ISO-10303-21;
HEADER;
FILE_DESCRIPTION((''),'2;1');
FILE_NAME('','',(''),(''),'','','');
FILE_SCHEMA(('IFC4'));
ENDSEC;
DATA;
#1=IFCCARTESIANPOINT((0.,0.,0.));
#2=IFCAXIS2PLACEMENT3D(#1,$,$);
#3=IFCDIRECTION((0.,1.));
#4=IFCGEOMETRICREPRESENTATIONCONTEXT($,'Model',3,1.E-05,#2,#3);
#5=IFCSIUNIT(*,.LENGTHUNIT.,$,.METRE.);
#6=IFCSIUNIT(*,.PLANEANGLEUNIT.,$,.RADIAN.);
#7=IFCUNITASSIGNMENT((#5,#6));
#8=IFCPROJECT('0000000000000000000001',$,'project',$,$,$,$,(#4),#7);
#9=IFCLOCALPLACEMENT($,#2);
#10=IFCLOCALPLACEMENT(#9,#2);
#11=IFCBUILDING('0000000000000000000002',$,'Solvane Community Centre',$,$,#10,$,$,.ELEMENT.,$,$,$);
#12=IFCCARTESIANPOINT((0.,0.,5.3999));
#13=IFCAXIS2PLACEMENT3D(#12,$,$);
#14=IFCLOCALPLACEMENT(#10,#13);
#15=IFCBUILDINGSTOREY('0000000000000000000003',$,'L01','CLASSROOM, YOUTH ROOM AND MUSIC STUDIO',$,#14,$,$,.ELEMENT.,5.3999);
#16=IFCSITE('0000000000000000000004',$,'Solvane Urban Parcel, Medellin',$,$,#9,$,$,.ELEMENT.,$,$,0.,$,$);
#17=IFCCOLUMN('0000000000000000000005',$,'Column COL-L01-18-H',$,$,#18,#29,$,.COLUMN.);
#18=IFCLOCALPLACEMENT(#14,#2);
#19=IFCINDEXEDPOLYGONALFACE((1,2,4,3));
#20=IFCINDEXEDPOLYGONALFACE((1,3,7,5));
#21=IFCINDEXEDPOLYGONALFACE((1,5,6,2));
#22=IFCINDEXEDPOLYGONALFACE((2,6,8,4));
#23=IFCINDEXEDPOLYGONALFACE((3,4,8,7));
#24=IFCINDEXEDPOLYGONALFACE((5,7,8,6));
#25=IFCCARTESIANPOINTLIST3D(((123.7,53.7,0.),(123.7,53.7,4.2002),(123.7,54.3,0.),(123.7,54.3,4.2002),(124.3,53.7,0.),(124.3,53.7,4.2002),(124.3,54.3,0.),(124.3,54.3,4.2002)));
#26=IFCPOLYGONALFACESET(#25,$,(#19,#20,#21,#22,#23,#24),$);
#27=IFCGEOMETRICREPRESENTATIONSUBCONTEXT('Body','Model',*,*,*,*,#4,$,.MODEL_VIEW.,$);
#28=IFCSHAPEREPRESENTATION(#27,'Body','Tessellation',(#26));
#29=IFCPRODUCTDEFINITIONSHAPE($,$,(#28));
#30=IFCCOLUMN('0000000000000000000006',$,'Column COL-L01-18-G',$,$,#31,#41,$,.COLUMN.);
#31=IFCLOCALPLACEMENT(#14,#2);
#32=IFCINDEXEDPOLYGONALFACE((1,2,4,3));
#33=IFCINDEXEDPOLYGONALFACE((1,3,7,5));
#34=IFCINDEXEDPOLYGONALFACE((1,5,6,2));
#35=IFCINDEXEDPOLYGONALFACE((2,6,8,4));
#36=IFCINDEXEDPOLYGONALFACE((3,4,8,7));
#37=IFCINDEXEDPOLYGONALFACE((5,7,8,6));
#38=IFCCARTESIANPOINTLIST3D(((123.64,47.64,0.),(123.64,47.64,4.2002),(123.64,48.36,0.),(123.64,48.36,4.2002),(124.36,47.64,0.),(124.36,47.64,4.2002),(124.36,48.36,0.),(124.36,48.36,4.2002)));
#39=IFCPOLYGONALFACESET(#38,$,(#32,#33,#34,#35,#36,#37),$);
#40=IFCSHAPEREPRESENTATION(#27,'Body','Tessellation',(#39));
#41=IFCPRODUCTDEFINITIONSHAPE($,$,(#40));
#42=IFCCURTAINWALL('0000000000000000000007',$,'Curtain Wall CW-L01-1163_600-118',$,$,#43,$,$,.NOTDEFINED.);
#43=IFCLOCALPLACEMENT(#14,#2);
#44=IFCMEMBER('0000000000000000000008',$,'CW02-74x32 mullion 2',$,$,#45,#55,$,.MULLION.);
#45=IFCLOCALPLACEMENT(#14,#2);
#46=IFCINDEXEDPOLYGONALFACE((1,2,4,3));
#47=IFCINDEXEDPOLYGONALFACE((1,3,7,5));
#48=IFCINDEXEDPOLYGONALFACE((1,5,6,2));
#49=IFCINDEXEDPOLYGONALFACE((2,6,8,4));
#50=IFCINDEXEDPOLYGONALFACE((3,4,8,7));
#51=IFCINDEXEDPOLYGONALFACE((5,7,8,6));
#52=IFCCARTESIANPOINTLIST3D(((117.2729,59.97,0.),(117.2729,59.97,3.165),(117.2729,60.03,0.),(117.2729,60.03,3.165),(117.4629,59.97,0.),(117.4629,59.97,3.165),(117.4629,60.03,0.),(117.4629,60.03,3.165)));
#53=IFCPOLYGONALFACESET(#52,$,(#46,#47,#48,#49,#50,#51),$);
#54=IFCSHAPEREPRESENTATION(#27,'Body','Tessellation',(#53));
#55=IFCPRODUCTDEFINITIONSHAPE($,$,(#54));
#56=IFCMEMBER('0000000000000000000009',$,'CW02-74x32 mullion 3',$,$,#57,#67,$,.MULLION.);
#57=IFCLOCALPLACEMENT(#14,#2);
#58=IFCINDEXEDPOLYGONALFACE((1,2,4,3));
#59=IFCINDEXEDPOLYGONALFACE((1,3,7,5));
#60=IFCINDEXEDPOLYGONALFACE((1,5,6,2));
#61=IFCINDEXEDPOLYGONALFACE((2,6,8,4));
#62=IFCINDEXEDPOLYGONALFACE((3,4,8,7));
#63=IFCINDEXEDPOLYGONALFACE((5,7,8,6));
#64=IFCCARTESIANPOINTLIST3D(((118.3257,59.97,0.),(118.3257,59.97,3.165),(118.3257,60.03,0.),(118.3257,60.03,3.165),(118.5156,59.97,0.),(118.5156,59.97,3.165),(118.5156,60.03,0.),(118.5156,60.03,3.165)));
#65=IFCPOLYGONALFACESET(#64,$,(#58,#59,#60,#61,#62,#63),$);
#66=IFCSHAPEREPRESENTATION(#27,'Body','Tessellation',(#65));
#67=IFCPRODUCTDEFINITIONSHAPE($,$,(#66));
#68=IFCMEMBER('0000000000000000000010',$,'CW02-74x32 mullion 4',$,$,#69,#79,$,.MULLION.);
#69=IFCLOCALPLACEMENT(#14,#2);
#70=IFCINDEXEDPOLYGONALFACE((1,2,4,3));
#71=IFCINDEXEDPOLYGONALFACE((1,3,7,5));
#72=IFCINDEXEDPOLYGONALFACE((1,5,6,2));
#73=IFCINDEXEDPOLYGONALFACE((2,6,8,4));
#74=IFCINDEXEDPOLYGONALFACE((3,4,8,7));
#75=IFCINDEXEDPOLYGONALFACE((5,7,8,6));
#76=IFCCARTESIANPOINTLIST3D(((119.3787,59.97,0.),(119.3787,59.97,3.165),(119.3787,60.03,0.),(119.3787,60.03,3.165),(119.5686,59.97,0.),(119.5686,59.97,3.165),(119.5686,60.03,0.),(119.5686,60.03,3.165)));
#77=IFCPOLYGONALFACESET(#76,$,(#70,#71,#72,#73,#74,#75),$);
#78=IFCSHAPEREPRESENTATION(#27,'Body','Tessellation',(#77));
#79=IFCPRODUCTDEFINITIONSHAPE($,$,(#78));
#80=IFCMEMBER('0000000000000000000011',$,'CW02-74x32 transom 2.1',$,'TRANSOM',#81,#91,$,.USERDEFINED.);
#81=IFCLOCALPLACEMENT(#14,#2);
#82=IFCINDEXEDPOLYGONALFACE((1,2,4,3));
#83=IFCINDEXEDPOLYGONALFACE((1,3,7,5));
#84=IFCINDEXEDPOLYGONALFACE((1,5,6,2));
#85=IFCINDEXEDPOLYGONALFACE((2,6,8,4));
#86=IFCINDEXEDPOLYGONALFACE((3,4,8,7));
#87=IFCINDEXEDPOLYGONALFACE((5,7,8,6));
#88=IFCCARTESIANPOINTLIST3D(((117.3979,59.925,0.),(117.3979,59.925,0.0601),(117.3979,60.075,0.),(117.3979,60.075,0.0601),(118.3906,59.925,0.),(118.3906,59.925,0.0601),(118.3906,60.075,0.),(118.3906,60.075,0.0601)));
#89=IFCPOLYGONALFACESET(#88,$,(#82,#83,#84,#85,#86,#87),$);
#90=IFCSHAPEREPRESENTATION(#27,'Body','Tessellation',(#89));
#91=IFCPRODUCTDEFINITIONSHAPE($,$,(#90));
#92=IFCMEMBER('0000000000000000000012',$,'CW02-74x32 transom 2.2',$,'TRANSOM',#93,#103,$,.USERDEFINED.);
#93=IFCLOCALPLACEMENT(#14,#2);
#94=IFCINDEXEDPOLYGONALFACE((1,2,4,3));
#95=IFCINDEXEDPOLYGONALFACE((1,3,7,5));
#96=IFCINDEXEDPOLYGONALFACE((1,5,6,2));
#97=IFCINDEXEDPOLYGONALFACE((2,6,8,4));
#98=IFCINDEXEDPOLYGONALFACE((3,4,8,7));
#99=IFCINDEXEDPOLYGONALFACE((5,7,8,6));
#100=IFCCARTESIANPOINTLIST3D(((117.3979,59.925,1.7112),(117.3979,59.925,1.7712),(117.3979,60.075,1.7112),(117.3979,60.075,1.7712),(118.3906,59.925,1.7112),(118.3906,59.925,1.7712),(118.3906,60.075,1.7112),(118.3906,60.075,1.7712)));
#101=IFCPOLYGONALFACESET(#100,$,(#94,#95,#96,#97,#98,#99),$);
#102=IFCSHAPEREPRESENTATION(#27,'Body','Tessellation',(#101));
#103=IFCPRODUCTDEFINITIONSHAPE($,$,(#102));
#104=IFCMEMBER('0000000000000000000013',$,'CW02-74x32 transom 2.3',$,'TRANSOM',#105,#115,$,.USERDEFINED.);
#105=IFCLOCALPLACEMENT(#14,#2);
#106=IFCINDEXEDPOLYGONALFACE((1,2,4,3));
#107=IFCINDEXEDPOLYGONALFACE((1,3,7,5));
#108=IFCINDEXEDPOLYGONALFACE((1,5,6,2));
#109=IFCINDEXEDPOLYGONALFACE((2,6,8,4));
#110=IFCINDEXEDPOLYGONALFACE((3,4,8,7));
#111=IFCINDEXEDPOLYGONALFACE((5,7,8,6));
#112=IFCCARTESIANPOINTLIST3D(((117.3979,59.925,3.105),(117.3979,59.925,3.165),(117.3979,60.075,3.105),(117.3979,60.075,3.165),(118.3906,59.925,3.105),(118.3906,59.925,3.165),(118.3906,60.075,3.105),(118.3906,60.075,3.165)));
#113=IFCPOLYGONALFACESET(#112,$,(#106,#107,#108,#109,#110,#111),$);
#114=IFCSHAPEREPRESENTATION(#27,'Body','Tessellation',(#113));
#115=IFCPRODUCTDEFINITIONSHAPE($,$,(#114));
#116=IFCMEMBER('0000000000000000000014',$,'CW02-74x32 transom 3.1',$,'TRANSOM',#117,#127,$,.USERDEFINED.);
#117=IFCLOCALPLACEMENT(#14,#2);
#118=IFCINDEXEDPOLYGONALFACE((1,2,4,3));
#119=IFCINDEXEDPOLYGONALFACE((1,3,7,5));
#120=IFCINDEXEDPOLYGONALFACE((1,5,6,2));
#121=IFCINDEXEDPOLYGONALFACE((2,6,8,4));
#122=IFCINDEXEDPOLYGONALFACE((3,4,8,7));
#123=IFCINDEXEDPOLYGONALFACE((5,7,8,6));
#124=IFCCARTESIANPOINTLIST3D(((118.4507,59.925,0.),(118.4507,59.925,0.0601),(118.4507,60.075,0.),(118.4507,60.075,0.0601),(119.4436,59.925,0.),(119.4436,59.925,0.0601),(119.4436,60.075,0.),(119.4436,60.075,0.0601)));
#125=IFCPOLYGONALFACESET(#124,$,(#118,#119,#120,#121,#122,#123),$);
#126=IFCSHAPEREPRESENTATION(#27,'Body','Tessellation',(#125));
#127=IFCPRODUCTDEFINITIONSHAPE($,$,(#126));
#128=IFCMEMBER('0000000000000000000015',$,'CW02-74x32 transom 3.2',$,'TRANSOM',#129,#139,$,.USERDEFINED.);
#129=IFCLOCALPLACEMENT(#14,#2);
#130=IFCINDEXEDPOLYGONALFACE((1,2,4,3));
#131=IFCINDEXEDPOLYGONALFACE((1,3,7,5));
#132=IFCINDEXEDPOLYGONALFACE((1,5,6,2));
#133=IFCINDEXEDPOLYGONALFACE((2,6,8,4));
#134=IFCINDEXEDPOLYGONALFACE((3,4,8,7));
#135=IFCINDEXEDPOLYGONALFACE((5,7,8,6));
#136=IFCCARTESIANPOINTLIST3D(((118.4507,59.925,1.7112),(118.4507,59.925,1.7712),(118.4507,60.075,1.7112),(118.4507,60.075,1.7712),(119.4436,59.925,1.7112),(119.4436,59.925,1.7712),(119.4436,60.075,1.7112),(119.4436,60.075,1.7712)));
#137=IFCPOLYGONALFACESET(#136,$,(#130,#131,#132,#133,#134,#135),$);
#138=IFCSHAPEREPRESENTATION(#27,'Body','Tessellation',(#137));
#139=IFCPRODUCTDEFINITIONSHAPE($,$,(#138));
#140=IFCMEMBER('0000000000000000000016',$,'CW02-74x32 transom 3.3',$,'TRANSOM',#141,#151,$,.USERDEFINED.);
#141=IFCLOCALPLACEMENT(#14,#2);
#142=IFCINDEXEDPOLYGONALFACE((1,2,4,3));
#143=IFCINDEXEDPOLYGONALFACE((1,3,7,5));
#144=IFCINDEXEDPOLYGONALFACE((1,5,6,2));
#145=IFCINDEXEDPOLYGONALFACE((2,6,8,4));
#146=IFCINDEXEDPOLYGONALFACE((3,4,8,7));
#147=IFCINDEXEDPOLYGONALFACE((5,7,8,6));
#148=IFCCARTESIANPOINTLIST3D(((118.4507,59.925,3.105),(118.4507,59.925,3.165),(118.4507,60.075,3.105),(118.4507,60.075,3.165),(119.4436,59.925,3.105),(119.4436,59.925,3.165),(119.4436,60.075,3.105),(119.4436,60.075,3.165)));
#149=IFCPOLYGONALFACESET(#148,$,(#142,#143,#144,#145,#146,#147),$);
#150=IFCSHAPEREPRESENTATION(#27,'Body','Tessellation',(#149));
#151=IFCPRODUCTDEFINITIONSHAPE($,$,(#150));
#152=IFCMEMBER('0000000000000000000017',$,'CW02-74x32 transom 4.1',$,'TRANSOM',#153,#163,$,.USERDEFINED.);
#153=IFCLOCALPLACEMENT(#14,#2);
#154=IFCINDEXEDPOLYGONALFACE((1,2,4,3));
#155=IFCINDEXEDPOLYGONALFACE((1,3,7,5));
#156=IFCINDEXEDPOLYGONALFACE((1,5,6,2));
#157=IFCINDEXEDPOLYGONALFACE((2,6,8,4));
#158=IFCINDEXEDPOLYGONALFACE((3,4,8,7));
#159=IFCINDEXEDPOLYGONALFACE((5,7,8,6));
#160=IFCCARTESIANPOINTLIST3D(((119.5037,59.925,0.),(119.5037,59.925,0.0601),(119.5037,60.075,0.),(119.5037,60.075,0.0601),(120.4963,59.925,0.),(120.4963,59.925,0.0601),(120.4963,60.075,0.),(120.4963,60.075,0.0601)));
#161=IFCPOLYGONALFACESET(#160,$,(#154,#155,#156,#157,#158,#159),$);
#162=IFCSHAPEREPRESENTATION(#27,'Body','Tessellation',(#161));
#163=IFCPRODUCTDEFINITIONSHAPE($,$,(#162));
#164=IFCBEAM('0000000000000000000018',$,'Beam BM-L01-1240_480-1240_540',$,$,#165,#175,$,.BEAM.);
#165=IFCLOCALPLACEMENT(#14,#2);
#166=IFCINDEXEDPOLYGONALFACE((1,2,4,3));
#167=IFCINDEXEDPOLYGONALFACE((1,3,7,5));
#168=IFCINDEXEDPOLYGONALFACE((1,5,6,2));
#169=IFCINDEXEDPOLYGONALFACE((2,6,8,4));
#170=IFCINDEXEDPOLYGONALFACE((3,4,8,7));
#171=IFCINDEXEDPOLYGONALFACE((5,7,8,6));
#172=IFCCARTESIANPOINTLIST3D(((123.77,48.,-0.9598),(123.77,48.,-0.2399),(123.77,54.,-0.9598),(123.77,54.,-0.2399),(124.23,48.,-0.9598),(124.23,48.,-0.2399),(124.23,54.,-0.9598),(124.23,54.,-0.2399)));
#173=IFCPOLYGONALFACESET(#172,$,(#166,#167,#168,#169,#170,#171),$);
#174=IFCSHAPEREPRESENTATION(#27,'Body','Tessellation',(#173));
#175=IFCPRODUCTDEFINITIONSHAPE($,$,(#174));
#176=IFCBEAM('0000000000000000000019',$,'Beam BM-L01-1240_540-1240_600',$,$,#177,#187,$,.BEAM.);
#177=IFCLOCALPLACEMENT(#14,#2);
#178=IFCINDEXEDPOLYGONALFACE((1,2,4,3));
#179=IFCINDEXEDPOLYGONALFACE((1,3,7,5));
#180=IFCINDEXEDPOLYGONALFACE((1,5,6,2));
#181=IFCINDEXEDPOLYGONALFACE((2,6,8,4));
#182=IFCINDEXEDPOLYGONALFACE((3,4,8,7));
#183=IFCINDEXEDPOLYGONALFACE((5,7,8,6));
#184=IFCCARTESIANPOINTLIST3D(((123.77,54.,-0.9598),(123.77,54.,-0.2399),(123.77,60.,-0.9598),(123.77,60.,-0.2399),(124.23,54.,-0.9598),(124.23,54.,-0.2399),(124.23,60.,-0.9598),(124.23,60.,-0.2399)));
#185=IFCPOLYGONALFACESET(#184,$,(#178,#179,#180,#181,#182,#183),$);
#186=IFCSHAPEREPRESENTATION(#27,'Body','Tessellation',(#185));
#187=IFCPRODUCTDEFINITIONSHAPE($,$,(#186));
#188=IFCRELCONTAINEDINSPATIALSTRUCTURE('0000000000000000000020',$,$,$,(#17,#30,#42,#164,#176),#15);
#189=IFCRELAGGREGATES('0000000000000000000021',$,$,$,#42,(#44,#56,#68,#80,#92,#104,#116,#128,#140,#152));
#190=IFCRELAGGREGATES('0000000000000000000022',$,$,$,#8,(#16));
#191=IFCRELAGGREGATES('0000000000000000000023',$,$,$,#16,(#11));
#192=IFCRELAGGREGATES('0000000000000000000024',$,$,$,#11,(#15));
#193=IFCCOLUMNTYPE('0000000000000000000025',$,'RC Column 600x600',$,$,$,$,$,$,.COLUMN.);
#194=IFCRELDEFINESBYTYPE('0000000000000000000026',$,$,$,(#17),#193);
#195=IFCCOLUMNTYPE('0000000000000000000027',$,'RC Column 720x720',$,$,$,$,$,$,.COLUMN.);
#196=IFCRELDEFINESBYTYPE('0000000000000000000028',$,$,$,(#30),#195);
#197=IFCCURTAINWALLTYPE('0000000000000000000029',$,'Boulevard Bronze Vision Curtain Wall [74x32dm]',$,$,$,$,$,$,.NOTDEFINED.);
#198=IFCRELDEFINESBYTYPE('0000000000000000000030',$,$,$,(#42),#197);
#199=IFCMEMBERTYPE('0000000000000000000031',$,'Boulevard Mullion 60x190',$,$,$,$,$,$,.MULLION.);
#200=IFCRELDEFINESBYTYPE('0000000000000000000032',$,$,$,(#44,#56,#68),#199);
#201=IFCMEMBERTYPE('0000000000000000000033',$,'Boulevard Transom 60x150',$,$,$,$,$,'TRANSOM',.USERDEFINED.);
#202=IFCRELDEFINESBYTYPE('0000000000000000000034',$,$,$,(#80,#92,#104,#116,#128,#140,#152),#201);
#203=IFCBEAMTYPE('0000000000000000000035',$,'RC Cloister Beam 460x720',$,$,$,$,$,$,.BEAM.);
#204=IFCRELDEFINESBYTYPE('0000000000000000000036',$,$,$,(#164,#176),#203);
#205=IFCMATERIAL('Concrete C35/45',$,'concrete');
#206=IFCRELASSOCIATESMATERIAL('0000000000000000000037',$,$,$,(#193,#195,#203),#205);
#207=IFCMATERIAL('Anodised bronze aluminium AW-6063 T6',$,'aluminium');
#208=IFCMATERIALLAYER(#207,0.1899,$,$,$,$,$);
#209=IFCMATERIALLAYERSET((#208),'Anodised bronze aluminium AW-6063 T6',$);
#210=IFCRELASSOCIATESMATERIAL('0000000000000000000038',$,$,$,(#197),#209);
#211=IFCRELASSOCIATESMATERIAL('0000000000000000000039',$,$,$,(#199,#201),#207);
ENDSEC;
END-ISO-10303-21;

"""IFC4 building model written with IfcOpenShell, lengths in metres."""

from ifc_helpers import new_model, si_unit, direction, frame, origin, origin_2d, place, context, subcontext, project, spatial, rectangle, extrude, material, layer, layer_set, material_profile, profile_set, type_object, element, aggregate, save


model = new_model("IFC4")

# Units and contexts
model_context = context("Model", 3, precision=1e-05, world=origin(), true_north=direction((0.0, 1.0)))
body_context = subcontext(model_context, "Body", "Model", "MODEL_VIEW")
ifc_project = project(units=[si_unit("LENGTHUNIT", "METRE"), si_unit("PLANEANGLEUNIT", "RADIAN")], contexts=[model_context])

# Site, building, storey
site_placement = place(None, origin())
site = spatial("IfcSite", under=ifc_project, at=site_placement, Name="Solvane Urban Parcel, Medellin", CompositionType="ELEMENT", RefElevation=0.0)
building_placement = place(site_placement, origin())
building = spatial("IfcBuilding", under=site, at=building_placement, Name="Solvane Community Centre", CompositionType="ELEMENT")
storey_placement = place(building_placement, frame((0.0, 0.0, 5.3999)))
storey = spatial("IfcBuildingStorey", under=building, at=storey_placement, Name="L01", Description="CLASSROOM, YOUTH ROOM AND MUSIC STUDIO", CompositionType="ELEMENT", Elevation=5.3999)

# Columns
ifc_material_1 = material(Name="Concrete C35/45", Category="concrete")
ifc_material_profile_1 = material_profile(ifc_material_1, rectangle(XDim=0.6001, YDim=0.6001, at=origin_2d()), Name="RC 600x600")
ifc_profile_set_1 = profile_set([ifc_material_profile_1], Name="Concrete C35/45")
column_type_1 = type_object("IfcColumnType", Name="RC Column 600x600", PredefinedType="COLUMN", material=ifc_profile_set_1)
column_1_placement = place(storey_placement, frame((124.0, 54.0, 0.0), z_axis=(0.0, 0.0, 1.0), x_axis=(1.0, 0.0, 0.0)))
element("IfcColumn", 1, at=column_1_placement, inside=storey, type_object=column_type_1, Name="Column COL-L01-18-H", PredefinedType="COLUMN", context=body_context, shape_type="SweptSolid", body=[
    extrude(rectangle(XDim=0.6001, YDim=0.6001, at=origin_2d()), origin(), (0.0, 0.0, 1.0), 4.2002),
])
ifc_material_profile_2 = material_profile(ifc_material_1, rectangle(XDim=0.72, YDim=0.72, at=origin_2d()), Name="RC 720x720")
ifc_profile_set_2 = profile_set([ifc_material_profile_2], Name="Concrete C35/45")
column_type_2 = type_object("IfcColumnType", Name="RC Column 720x720", PredefinedType="COLUMN", material=ifc_profile_set_2)
column_2_placement = place(storey_placement, frame((124.0, 48.0, 0.0), z_axis=(0.0, 0.0, 1.0), x_axis=(1.0, 0.0, 0.0)))
element("IfcColumn", 2, at=column_2_placement, inside=storey, type_object=column_type_2, Name="Column COL-L01-18-G", PredefinedType="COLUMN", context=body_context, shape_type="SweptSolid", body=[
    extrude(rectangle(XDim=0.72, YDim=0.72, at=origin_2d()), origin(), (0.0, 0.0, 1.0), 4.2002),
])

# Curtain wall, members
ifc_material_2 = material(Name="Anodised bronze aluminium AW-6063 T6", Category="aluminium")
ifc_layer_1 = layer(ifc_material_2, 0.1899)
ifc_layer_set_1 = layer_set([ifc_layer_1], Name="Anodised bronze aluminium AW-6063 T6")
curtain_wall_type = type_object("IfcCurtainWallType", Name="Boulevard Bronze Vision Curtain Wall [74x32dm]", PredefinedType="NOTDEFINED", material=ifc_layer_set_1)
curtain_wall_placement = place(storey_placement, origin())
curtain_wall = element("IfcCurtainWall", 3, at=curtain_wall_placement, inside=storey, type_object=curtain_wall_type, Name="Curtain Wall CW-L01-1163_600-118", PredefinedType="NOTDEFINED")
ifc_material_profile_3 = material_profile(ifc_material_2, rectangle(XDim=0.0601, YDim=0.1899, at=origin_2d()), Name="CW-M 60x190")
ifc_profile_set_3 = profile_set([ifc_material_profile_3], Name="Anodised bronze aluminium AW-6063 T6")
member_type_1 = type_object("IfcMemberType", Name="Boulevard Mullion 60x190", PredefinedType="MULLION", material=ifc_profile_set_3)
member_1_placement = place(storey_placement, frame((117.3679, 60.0, 0.0), z_axis=(0.0, 0.0, 1.0), x_axis=(0.0, 1.0, 0.0)))
member_1 = element("IfcMember", 4, at=member_1_placement, type_object=member_type_1, Name="CW02-74x32 mullion 2", PredefinedType="MULLION", context=body_context, shape_type="SweptSolid", body=[
    extrude(rectangle(XDim=0.0601, YDim=0.1899, at=origin_2d()), origin(), (0.0, 0.0, 1.0), 3.165),
])
member_2_placement = place(storey_placement, frame((118.4207, 60.0, 0.0), z_axis=(0.0, 0.0, 1.0), x_axis=(0.0, 1.0, 0.0)))
member_2 = element("IfcMember", 5, at=member_2_placement, type_object=member_type_1, Name="CW02-74x32 mullion 3", PredefinedType="MULLION", context=body_context, shape_type="SweptSolid", body=[
    extrude(rectangle(XDim=0.0601, YDim=0.1899, at=origin_2d()), origin(), (0.0, 0.0, 1.0), 3.165),
])
member_3_placement = place(storey_placement, frame((119.4736, 60.0, 0.0), z_axis=(0.0, 0.0, 1.0), x_axis=(0.0, 1.0, 0.0)))
member_3 = element("IfcMember", 6, at=member_3_placement, type_object=member_type_1, Name="CW02-74x32 mullion 4", PredefinedType="MULLION", context=body_context, shape_type="SweptSolid", body=[
    extrude(rectangle(XDim=0.0601, YDim=0.1899, at=origin_2d()), origin(), (0.0, 0.0, 1.0), 3.165),
])
ifc_material_profile_4 = material_profile(ifc_material_2, rectangle(XDim=0.1499, YDim=0.0601, at=origin_2d()), Name="CW-T 60x150")
ifc_profile_set_4 = profile_set([ifc_material_profile_4], Name="Anodised bronze aluminium AW-6063 T6")
member_type_2 = type_object("IfcMemberType", Name="Boulevard Transom 60x150", ElementType="TRANSOM", PredefinedType="USERDEFINED", material=ifc_profile_set_4)
member_4_placement = place(storey_placement, frame((117.3979, 60.0, 0.03), z_axis=(1.0, 0.0, 0.0), x_axis=(0.0, 1.0, 0.0)))
member_4 = element("IfcMember", 7, at=member_4_placement, type_object=member_type_2, Name="CW02-74x32 transom 2.1", ObjectType="TRANSOM", PredefinedType="USERDEFINED", context=body_context, shape_type="SweptSolid", body=[
    extrude(rectangle(XDim=0.1499, YDim=0.0601, at=origin_2d()), origin(), (0.0, 0.0, 1.0), 0.9927),
])
member_5_placement = place(storey_placement, frame((117.3979, 60.0, 1.7412), z_axis=(1.0, 0.0, 0.0), x_axis=(0.0, 1.0, 0.0)))
member_5 = element("IfcMember", 8, at=member_5_placement, type_object=member_type_2, Name="CW02-74x32 transom 2.2", ObjectType="TRANSOM", PredefinedType="USERDEFINED", context=body_context, shape_type="SweptSolid", body=[
    extrude(rectangle(XDim=0.1499, YDim=0.0601, at=origin_2d()), origin(), (0.0, 0.0, 1.0), 0.9927),
])
member_6_placement = place(storey_placement, frame((117.3979, 60.0, 3.135), z_axis=(1.0, 0.0, 0.0), x_axis=(0.0, 1.0, 0.0)))
member_6 = element("IfcMember", 9, at=member_6_placement, type_object=member_type_2, Name="CW02-74x32 transom 2.3", ObjectType="TRANSOM", PredefinedType="USERDEFINED", context=body_context, shape_type="SweptSolid", body=[
    extrude(rectangle(XDim=0.1499, YDim=0.0601, at=origin_2d()), origin(), (0.0, 0.0, 1.0), 0.9927),
])
member_7_placement = place(storey_placement, frame((118.4507, 60.0, 0.03), z_axis=(1.0, 0.0, 0.0), x_axis=(0.0, 1.0, 0.0)))
member_7 = element("IfcMember", 10, at=member_7_placement, type_object=member_type_2, Name="CW02-74x32 transom 3.1", ObjectType="TRANSOM", PredefinedType="USERDEFINED", context=body_context, shape_type="SweptSolid", body=[
    extrude(rectangle(XDim=0.1499, YDim=0.0601, at=origin_2d()), origin(), (0.0, 0.0, 1.0), 0.9929),
])
member_8_placement = place(storey_placement, frame((118.4507, 60.0, 1.7412), z_axis=(1.0, 0.0, 0.0), x_axis=(0.0, 1.0, 0.0)))
member_8 = element("IfcMember", 11, at=member_8_placement, type_object=member_type_2, Name="CW02-74x32 transom 3.2", ObjectType="TRANSOM", PredefinedType="USERDEFINED", context=body_context, shape_type="SweptSolid", body=[
    extrude(rectangle(XDim=0.1499, YDim=0.0601, at=origin_2d()), origin(), (0.0, 0.0, 1.0), 0.9929),
])
member_9_placement = place(storey_placement, frame((118.4507, 60.0, 3.135), z_axis=(1.0, 0.0, 0.0), x_axis=(0.0, 1.0, 0.0)))
member_9 = element("IfcMember", 12, at=member_9_placement, type_object=member_type_2, Name="CW02-74x32 transom 3.3", ObjectType="TRANSOM", PredefinedType="USERDEFINED", context=body_context, shape_type="SweptSolid", body=[
    extrude(rectangle(XDim=0.1499, YDim=0.0601, at=origin_2d()), origin(), (0.0, 0.0, 1.0), 0.9929),
])
member_10_placement = place(storey_placement, frame((119.5037, 60.0, 0.03), z_axis=(1.0, 0.0, 0.0), x_axis=(0.0, 1.0, 0.0)))
member_10 = element("IfcMember", 13, at=member_10_placement, type_object=member_type_2, Name="CW02-74x32 transom 4.1", ObjectType="TRANSOM", PredefinedType="USERDEFINED", context=body_context, shape_type="SweptSolid", body=[
    extrude(rectangle(XDim=0.1499, YDim=0.0601, at=origin_2d()), origin(), (0.0, 0.0, 1.0), 0.9927),
])

# Beams
ifc_material_profile_5 = material_profile(ifc_material_1, rectangle(XDim=0.46, YDim=0.72, at=origin_2d()), Name="RC 460x720")
ifc_profile_set_5 = profile_set([ifc_material_profile_5], Name="Concrete C35/45")
beam_type_1 = type_object("IfcBeamType", Name="RC Cloister Beam 460x720", PredefinedType="BEAM", material=ifc_profile_set_5)
for number, where, z_axis, x_axis, name in (
    (14, (124.0, 48.0, -0.5999), (0.0, 1.0, 0.0), (-1.0, 0.0, 0.0), "Beam BM-L01-1240_480-1240_540"),
    (15, (124.0, 54.0, -0.5999), (0.0, 1.0, 0.0), (-1.0, 0.0, 0.0), "Beam BM-L01-1240_540-1240_600"),
):
    element("IfcBeam", number, at=place(storey_placement, frame(where, z_axis=z_axis, x_axis=x_axis)), inside=storey, type_object=beam_type_1, Name=name, PredefinedType="BEAM", context=body_context, shape_type="SweptSolid", body=[
        extrude(rectangle(XDim=0.46, YDim=0.72, at=origin_2d()), origin(), (0.0, 0.0, 1.0), 6.0),
    ])

aggregate(curtain_wall, [member_1, member_2, member_3, member_4, member_5, member_6, member_7, member_8, member_9, member_10])

save(model, "model.ifc")
